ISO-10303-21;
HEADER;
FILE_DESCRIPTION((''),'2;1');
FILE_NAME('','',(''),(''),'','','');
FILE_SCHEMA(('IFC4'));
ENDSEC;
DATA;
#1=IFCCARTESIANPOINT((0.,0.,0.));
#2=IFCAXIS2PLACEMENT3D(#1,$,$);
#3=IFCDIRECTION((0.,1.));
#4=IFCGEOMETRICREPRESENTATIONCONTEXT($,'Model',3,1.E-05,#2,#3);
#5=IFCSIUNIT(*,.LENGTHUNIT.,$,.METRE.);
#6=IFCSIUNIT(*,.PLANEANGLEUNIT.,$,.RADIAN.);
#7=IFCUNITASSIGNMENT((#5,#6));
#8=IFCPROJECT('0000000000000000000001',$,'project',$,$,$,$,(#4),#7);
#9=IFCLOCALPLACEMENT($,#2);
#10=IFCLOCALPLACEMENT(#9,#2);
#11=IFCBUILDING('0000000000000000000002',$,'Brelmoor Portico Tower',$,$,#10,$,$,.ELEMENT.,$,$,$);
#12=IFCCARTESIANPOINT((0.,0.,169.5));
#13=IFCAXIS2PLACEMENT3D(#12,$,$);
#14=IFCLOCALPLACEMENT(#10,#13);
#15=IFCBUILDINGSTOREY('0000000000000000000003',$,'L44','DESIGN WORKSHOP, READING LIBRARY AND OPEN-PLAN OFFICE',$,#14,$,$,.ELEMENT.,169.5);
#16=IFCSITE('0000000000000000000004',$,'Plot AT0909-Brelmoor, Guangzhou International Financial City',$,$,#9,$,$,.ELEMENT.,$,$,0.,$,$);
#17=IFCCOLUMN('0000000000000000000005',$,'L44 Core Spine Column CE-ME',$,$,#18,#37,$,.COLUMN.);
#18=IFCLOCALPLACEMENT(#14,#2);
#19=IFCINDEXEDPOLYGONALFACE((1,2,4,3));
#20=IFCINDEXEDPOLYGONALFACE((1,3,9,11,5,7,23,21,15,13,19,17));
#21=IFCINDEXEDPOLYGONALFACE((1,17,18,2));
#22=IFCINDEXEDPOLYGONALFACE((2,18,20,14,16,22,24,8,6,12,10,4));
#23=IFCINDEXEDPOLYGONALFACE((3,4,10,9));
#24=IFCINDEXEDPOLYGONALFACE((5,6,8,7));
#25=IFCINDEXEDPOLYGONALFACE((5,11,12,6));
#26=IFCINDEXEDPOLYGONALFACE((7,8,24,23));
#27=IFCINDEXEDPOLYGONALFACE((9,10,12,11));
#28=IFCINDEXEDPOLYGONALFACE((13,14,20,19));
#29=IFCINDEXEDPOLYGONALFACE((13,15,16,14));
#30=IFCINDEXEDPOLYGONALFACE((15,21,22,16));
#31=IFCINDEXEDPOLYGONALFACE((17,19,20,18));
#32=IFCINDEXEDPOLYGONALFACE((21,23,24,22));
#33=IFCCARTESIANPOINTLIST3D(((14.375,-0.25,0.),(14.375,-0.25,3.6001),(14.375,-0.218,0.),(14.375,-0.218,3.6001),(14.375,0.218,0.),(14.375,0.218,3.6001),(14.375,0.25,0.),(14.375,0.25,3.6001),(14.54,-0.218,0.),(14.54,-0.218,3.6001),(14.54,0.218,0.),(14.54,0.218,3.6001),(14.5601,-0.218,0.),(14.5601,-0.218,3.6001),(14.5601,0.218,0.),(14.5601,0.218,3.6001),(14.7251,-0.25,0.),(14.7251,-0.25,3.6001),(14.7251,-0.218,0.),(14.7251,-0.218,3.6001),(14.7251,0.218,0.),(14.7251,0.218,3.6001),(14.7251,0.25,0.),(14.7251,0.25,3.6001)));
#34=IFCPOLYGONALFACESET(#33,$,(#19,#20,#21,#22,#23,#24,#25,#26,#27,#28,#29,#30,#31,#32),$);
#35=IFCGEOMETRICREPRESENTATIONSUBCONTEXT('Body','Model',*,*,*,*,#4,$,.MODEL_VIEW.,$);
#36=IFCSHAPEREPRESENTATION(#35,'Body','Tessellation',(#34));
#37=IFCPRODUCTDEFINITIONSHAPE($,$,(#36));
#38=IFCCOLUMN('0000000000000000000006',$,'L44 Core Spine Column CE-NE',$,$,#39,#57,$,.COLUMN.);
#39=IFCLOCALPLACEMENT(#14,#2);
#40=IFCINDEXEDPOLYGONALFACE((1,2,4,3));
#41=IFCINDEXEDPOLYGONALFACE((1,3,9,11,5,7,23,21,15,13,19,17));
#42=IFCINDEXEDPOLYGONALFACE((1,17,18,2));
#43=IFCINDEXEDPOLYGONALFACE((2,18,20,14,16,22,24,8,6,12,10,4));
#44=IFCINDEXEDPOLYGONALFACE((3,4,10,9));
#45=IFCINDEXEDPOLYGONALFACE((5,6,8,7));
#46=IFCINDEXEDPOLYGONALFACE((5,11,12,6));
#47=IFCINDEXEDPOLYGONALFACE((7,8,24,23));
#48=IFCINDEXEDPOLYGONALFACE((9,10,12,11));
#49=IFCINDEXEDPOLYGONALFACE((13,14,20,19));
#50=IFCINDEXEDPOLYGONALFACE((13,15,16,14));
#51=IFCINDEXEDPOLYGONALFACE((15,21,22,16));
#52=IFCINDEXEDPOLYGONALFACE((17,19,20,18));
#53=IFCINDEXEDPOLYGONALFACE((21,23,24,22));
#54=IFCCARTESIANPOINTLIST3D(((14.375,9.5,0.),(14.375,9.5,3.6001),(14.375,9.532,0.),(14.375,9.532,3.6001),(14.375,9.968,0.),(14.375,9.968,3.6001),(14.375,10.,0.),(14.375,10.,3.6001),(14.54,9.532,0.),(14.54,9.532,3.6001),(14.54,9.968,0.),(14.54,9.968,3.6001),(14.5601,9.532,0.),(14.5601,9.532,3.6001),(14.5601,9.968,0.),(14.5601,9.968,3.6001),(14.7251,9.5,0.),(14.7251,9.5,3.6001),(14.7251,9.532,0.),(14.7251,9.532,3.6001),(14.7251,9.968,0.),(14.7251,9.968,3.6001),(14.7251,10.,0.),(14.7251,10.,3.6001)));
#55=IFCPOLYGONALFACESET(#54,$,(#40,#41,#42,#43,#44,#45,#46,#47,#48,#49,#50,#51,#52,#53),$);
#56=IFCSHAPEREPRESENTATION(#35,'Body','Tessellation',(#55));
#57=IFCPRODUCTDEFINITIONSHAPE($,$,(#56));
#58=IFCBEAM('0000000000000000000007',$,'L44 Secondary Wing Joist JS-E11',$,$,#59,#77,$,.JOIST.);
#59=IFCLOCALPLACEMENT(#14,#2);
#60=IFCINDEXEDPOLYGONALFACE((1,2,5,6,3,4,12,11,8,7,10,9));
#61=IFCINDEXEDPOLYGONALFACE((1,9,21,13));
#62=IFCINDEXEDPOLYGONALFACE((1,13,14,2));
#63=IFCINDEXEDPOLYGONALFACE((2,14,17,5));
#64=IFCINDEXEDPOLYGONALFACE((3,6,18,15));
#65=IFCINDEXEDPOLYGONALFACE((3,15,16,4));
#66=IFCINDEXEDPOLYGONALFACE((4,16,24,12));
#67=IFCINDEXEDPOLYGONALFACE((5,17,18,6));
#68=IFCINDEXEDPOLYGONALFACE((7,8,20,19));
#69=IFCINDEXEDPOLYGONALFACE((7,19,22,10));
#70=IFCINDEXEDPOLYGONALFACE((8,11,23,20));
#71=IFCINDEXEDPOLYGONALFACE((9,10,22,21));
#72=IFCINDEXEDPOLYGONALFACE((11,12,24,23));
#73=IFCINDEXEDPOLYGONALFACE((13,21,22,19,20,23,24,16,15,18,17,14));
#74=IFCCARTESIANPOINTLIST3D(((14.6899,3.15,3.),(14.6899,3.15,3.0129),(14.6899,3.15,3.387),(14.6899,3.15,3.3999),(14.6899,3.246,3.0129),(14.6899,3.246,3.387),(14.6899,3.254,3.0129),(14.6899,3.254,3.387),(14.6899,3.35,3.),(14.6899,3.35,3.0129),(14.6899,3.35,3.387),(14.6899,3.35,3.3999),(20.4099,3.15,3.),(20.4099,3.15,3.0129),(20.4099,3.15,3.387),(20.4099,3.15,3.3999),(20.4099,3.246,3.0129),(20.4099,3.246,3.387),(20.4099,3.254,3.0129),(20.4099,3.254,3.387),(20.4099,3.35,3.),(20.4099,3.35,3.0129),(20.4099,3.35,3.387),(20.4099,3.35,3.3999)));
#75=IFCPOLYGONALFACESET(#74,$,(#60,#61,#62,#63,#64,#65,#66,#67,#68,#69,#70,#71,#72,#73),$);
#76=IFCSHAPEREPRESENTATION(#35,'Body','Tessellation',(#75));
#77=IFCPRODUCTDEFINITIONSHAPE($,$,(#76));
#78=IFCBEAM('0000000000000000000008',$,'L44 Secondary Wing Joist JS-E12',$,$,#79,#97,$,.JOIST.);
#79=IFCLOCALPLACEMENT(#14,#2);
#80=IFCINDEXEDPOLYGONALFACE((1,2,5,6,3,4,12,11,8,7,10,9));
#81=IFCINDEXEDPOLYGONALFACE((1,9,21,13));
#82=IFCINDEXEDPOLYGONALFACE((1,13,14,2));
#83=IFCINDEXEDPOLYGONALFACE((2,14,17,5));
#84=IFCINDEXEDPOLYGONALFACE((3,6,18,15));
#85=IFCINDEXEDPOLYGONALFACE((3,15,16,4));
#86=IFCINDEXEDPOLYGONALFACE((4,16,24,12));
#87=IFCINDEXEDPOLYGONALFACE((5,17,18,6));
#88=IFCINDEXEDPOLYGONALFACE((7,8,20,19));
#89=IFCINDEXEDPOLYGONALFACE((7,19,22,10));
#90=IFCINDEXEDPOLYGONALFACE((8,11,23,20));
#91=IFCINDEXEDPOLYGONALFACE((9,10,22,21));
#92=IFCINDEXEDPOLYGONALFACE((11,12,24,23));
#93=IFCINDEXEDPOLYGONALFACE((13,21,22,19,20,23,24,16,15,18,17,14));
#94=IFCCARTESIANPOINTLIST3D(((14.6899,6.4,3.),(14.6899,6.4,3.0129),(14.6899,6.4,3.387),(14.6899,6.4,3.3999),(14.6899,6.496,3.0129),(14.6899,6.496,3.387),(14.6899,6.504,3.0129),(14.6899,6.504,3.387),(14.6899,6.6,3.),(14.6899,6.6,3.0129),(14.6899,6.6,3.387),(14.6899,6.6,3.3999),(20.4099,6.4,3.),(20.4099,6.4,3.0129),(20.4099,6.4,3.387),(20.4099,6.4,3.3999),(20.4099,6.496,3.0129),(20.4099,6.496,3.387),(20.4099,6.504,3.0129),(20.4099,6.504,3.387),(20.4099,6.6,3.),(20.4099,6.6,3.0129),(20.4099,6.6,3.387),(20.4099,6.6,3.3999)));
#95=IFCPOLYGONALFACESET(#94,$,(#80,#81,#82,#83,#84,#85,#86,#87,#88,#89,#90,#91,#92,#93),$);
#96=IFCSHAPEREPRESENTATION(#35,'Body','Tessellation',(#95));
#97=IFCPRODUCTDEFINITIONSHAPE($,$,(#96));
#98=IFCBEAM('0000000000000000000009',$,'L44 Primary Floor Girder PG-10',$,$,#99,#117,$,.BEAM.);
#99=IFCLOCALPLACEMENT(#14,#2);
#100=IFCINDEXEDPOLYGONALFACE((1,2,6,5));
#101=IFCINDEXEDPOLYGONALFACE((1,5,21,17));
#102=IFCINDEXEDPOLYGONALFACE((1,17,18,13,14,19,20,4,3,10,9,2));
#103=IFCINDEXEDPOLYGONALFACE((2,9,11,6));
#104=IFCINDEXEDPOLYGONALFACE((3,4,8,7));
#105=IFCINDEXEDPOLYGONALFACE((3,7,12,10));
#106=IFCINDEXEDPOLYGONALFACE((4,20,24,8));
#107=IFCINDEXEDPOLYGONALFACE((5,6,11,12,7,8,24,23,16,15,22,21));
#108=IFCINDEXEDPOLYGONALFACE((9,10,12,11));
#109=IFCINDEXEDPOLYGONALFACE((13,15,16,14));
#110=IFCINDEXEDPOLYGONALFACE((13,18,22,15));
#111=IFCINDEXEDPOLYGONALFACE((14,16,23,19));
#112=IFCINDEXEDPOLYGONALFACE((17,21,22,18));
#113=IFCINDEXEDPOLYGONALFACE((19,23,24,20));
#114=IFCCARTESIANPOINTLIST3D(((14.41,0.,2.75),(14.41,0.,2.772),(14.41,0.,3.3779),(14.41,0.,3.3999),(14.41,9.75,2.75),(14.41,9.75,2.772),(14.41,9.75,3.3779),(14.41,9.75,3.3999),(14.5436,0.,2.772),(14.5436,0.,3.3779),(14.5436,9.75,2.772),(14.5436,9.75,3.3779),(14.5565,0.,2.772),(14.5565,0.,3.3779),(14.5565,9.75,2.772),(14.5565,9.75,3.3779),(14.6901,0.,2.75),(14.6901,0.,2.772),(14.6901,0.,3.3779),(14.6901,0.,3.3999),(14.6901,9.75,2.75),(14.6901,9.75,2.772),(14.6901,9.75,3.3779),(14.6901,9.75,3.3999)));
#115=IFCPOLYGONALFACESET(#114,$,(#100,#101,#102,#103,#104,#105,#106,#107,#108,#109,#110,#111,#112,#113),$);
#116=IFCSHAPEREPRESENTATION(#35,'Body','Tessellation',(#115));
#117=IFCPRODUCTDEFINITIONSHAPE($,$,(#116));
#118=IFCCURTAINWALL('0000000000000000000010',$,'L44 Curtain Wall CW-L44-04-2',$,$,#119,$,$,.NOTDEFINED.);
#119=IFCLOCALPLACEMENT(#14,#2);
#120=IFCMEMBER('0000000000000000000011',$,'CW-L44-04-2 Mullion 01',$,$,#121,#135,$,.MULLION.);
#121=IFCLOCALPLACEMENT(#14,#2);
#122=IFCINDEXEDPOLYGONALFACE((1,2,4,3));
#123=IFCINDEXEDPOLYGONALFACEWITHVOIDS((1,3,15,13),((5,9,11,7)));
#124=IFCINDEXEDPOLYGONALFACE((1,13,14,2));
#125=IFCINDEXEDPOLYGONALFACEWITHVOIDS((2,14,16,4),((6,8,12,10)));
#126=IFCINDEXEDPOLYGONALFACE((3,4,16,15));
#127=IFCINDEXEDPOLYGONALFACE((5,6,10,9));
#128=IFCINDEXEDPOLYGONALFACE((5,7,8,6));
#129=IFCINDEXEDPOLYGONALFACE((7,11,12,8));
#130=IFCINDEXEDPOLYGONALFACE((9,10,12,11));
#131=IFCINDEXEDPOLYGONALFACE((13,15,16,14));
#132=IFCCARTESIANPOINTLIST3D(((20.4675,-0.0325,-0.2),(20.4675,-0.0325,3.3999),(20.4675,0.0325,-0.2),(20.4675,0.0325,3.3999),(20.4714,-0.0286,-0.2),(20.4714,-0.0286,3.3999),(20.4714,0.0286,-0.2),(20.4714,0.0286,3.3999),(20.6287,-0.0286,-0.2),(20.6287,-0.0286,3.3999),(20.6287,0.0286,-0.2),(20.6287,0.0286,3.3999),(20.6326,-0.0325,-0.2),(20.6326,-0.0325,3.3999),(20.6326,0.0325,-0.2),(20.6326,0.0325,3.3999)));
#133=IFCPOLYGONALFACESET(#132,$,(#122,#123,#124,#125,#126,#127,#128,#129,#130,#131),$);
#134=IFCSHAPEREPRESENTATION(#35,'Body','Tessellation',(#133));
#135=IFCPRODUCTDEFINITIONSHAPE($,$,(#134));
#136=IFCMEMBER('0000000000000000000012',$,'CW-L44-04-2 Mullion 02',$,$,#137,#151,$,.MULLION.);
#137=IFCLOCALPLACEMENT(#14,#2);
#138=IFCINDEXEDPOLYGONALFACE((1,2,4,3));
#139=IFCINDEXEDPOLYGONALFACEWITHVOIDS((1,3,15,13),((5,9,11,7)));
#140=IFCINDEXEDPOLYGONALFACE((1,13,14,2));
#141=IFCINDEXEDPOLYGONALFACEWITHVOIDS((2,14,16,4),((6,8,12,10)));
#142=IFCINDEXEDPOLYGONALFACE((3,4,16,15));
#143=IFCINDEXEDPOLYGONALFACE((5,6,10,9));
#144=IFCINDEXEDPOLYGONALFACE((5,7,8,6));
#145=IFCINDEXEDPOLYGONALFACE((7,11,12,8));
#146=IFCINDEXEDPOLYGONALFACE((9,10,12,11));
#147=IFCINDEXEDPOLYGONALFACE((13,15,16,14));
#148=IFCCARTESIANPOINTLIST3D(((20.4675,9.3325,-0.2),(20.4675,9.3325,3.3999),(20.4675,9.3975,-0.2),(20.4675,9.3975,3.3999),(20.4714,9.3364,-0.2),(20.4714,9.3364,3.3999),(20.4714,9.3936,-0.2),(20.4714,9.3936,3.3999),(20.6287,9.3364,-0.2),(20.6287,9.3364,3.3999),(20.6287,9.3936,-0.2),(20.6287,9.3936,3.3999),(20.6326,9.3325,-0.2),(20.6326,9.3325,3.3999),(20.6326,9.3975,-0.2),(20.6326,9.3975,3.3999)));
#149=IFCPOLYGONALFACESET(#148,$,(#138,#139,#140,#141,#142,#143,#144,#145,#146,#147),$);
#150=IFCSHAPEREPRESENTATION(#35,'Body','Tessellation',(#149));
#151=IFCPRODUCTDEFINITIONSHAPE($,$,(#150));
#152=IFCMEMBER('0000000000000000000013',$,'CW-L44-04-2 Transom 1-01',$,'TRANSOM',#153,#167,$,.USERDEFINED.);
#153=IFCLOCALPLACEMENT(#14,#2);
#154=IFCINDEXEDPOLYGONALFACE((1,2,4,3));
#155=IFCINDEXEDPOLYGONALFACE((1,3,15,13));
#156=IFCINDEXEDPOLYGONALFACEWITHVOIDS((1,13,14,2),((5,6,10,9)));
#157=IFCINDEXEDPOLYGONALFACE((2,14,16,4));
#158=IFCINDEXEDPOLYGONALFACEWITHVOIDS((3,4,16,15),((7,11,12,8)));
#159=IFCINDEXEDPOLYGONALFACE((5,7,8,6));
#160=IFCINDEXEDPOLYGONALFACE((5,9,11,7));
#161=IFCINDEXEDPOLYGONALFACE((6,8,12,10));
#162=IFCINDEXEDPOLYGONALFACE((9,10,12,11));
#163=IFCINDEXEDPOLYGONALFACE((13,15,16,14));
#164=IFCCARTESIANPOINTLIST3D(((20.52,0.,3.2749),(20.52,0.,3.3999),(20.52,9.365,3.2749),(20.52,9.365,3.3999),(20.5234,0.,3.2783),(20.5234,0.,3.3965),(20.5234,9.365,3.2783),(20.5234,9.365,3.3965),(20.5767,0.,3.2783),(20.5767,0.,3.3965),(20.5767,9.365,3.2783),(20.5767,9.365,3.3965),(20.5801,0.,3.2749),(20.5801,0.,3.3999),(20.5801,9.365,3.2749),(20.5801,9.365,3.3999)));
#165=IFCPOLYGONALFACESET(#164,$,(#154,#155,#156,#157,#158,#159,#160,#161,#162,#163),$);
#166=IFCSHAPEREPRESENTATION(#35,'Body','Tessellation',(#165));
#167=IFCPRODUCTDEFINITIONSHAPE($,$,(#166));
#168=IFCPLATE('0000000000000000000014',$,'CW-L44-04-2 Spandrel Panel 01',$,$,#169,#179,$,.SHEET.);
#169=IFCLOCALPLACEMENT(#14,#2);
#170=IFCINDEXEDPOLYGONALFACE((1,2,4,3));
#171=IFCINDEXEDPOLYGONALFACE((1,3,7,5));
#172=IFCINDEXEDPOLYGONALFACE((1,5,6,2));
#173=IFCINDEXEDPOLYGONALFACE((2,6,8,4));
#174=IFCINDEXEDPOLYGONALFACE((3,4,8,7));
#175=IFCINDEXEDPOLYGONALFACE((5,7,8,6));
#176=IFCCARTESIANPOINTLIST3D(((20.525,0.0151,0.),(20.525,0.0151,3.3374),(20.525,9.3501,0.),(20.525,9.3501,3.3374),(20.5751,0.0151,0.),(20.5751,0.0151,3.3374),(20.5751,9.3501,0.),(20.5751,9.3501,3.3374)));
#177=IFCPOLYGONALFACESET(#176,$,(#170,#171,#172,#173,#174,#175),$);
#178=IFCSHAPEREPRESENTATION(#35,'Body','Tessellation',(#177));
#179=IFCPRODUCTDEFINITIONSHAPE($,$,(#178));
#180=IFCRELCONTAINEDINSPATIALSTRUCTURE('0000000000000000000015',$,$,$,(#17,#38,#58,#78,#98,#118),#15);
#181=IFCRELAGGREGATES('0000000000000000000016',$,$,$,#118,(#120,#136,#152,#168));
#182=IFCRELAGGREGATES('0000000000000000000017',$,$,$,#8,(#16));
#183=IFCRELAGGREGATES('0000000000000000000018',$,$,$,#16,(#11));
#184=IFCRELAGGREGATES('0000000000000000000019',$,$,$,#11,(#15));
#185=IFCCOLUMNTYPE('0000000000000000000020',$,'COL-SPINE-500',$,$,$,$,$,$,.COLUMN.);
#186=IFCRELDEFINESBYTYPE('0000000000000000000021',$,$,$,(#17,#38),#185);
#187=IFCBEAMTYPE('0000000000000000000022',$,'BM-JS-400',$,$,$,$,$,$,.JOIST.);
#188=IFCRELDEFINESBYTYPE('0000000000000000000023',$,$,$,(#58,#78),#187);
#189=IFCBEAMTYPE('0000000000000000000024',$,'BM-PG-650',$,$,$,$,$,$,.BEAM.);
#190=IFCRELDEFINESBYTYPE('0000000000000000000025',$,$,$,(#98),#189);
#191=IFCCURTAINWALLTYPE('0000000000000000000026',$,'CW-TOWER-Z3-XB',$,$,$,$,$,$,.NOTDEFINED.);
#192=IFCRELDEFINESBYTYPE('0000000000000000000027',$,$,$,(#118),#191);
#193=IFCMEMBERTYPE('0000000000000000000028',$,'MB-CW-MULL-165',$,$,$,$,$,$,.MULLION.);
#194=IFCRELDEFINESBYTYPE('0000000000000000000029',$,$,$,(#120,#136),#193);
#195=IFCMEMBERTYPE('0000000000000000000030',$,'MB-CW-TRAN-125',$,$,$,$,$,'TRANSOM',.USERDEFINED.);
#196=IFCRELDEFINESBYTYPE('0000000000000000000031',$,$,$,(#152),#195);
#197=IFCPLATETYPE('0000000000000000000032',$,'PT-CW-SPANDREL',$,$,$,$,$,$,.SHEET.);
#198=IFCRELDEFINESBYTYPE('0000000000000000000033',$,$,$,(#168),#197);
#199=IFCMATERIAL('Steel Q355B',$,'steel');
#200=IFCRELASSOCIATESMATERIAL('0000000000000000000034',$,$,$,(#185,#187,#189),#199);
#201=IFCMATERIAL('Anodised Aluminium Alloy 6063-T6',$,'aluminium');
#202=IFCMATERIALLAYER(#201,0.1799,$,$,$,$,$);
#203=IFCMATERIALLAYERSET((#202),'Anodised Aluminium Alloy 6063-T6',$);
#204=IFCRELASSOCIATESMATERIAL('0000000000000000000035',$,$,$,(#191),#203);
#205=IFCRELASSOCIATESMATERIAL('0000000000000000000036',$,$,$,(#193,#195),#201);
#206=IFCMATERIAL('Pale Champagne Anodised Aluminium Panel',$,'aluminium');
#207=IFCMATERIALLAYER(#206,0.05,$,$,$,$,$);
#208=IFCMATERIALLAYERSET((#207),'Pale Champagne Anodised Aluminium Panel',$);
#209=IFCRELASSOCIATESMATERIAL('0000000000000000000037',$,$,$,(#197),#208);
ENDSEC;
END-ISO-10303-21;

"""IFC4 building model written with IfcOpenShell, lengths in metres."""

from ifc_helpers import new_model, si_unit, direction, frame, origin, origin_2d, place, context, subcontext, project, spatial, rectangle, hollow_rectangle, i_section, extrude, material, layer, layer_set, material_profile, profile_set, type_object, element, aggregate, save


model = new_model("IFC4")

# Units and contexts
model_context = context("Model", 3, precision=1e-05, world=origin(), true_north=direction((0.0, 1.0)))
body_context = subcontext(model_context, "Body", "Model", "MODEL_VIEW")
ifc_project = project(units=[si_unit("LENGTHUNIT", "METRE"), si_unit("PLANEANGLEUNIT", "RADIAN")], contexts=[model_context])

# Site, building, storey
site_placement = place(None, origin())
site = spatial("IfcSite", under=ifc_project, at=site_placement, Name="Plot AT0909-Brelmoor, Guangzhou International Financial City", CompositionType="ELEMENT", RefElevation=0.0)
building_placement = place(site_placement, origin())
building = spatial("IfcBuilding", under=site, at=building_placement, Name="Brelmoor Portico Tower", CompositionType="ELEMENT")
storey_placement = place(building_placement, frame((0.0, 0.0, 169.5)))
storey = spatial("IfcBuildingStorey", under=building, at=storey_placement, Name="L44", Description="DESIGN WORKSHOP, READING LIBRARY AND OPEN-PLAN OFFICE", CompositionType="ELEMENT", Elevation=169.5)

# Columns
ifc_material_1 = material(Name="Steel Q355B", Category="steel")
ifc_material_profile_1 = material_profile(ifc_material_1, i_section(OverallWidth=0.3501, OverallDepth=0.5, WebThickness=0.02, FlangeThickness=0.032, at=origin_2d()), Name="HW 500x350x20x32")
ifc_profile_set_1 = profile_set([ifc_material_profile_1], Name="Steel Q355B")
column_type = type_object("IfcColumnType", Name="COL-SPINE-500", PredefinedType="COLUMN", material=ifc_profile_set_1)
for number, where, z_axis, x_axis, name in (
    (1, (14.55, 0.0, 0.0), (0.0, 0.0, 1.0), (1.0, 0.0, 0.0), "L44 Core Spine Column CE-ME"),
    (2, (14.55, 9.75, 0.0), (0.0, 0.0, 1.0), (1.0, 0.0, 0.0), "L44 Core Spine Column CE-NE"),
):
    element("IfcColumn", number, at=place(storey_placement, frame(where, z_axis=z_axis, x_axis=x_axis)), inside=storey, type_object=column_type, Name=name, PredefinedType="COLUMN", context=body_context, shape_type="SweptSolid", body=[
        extrude(i_section(OverallWidth=0.3501, OverallDepth=0.5, WebThickness=0.02, FlangeThickness=0.032, at=origin_2d()), origin(), (0.0, 0.0, 1.0), 3.6001),
    ])

# Beams
ifc_material_profile_2 = material_profile(ifc_material_1, i_section(OverallWidth=0.2, OverallDepth=0.3999, WebThickness=0.0081, FlangeThickness=0.0129, at=origin_2d()), Name="HN 400x200x8x13")
ifc_profile_set_2 = profile_set([ifc_material_profile_2], Name="Steel Q355B")
beam_type_1 = type_object("IfcBeamType", Name="BM-JS-400", PredefinedType="JOIST", material=ifc_profile_set_2)
for number, where, z_axis, x_axis, name in (
    (3, (14.6899, 3.25, 3.2), (1.0, 0.0, 0.0), (0.0, 1.0, 0.0), "L44 Secondary Wing Joist JS-E11"),
    (4, (14.6899, 6.5, 3.2), (1.0, 0.0, 0.0), (0.0, 1.0, 0.0), "L44 Secondary Wing Joist JS-E12"),
):
    element("IfcBeam", number, at=place(storey_placement, frame(where, z_axis=z_axis, x_axis=x_axis)), inside=storey, type_object=beam_type_1, Name=name, PredefinedType="JOIST", context=body_context, shape_type="SweptSolid", body=[
        extrude(i_section(OverallWidth=0.2, OverallDepth=0.3999, WebThickness=0.0081, FlangeThickness=0.0129, at=origin_2d()), origin(), (0.0, 0.0, 1.0), 5.72),
    ])
ifc_material_profile_3 = material_profile(ifc_material_1, i_section(OverallWidth=0.28, OverallDepth=0.6499, WebThickness=0.0129, FlangeThickness=0.022, at=origin_2d()), Name="HN 650x280x13x22")
ifc_profile_set_3 = profile_set([ifc_material_profile_3], Name="Steel Q355B")
beam_type_2 = type_object("IfcBeamType", Name="BM-PG-650", PredefinedType="BEAM", material=ifc_profile_set_3)
beam_placement = place(storey_placement, frame((14.55, 0.0, 3.075), z_axis=(0.0, 1.0, 0.0), x_axis=(-1.0, 0.0, 0.0)))
element("IfcBeam", 5, at=beam_placement, inside=storey, type_object=beam_type_2, Name="L44 Primary Floor Girder PG-10", PredefinedType="BEAM", context=body_context, shape_type="SweptSolid", body=[
    extrude(i_section(OverallWidth=0.28, OverallDepth=0.6499, WebThickness=0.0129, FlangeThickness=0.022, at=origin_2d()), origin(), (0.0, 0.0, 1.0), 9.75),
])

# Curtain wall, members, plate
ifc_material_2 = material(Name="Anodised Aluminium Alloy 6063-T6", Category="aluminium")
ifc_layer_1 = layer(ifc_material_2, 0.1799)
ifc_layer_set_1 = layer_set([ifc_layer_1], Name="Anodised Aluminium Alloy 6063-T6")
curtain_wall_type = type_object("IfcCurtainWallType", Name="CW-TOWER-Z3-XB", PredefinedType="NOTDEFINED", material=ifc_layer_set_1)
curtain_wall_placement = place(storey_placement, origin())
curtain_wall = element("IfcCurtainWall", 6, at=curtain_wall_placement, inside=storey, type_object=curtain_wall_type, Name="L44 Curtain Wall CW-L44-04-2", PredefinedType="NOTDEFINED")
ifc_material_profile_4 = material_profile(ifc_material_2, hollow_rectangle(XDim=0.0649, YDim=0.165, WallThickness=0.0039, at=origin_2d()), Name="ALU MULLION 65x165")
ifc_profile_set_4 = profile_set([ifc_material_profile_4], Name="Anodised Aluminium Alloy 6063-T6")
member_type_1 = type_object("IfcMemberType", Name="MB-CW-MULL-165", PredefinedType="MULLION", material=ifc_profile_set_4)
member_1_placement = place(storey_placement, frame((20.55, 0.0, -0.2), z_axis=(0.0, 0.0, 1.0), x_axis=(0.0, 1.0, 0.0)))
member_1 = element("IfcMember", 7, at=member_1_placement, type_object=member_type_1, Name="CW-L44-04-2 Mullion 01", PredefinedType="MULLION", context=body_context, shape_type="SweptSolid", body=[
    extrude(hollow_rectangle(XDim=0.0649, YDim=0.165, WallThickness=0.0039, at=origin_2d()), origin(), (0.0, 0.0, 1.0), 3.5999),
])
member_2_placement = place(storey_placement, frame((20.55, 9.365, -0.2), z_axis=(0.0, 0.0, 1.0), x_axis=(0.0, 1.0, 0.0)))
member_2 = element("IfcMember", 8, at=member_2_placement, type_object=member_type_1, Name="CW-L44-04-2 Mullion 02", PredefinedType="MULLION", context=body_context, shape_type="SweptSolid", body=[
    extrude(hollow_rectangle(XDim=0.0649, YDim=0.165, WallThickness=0.0039, at=origin_2d()), origin(), (0.0, 0.0, 1.0), 3.5999),
])
ifc_material_profile_5 = material_profile(ifc_material_2, hollow_rectangle(XDim=0.0601, YDim=0.125, WallThickness=0.0034, at=origin_2d()), Name="ALU TRANSOM 60x125")
ifc_profile_set_5 = profile_set([ifc_material_profile_5], Name="Anodised Aluminium Alloy 6063-T6")
member_type_2 = type_object("IfcMemberType", Name="MB-CW-TRAN-125", ElementType="TRANSOM", PredefinedType="USERDEFINED", material=ifc_profile_set_5)
member_3_placement = place(storey_placement, frame((20.55, 0.0, 3.3374), z_axis=(0.0, 1.0, 0.0), x_axis=(-1.0, 0.0, 0.0)))
member_3 = element("IfcMember", 9, at=member_3_placement, type_object=member_type_2, Name="CW-L44-04-2 Transom 1-01", ObjectType="TRANSOM", PredefinedType="USERDEFINED", context=body_context, shape_type="SweptSolid", body=[
    extrude(hollow_rectangle(XDim=0.0601, YDim=0.125, WallThickness=0.0034, at=origin_2d()), origin(), (0.0, 0.0, 1.0), 9.365),
])
ifc_material_3 = material(Name="Pale Champagne Anodised Aluminium Panel", Category="aluminium")
ifc_layer_2 = layer(ifc_material_3, 0.05)
ifc_layer_set_2 = layer_set([ifc_layer_2], Name="Pale Champagne Anodised Aluminium Panel")
plate_type_1 = type_object("IfcPlateType", Name="PT-CW-SPANDREL", PredefinedType="SHEET", material=ifc_layer_set_2)
plate_1_placement = place(storey_placement, frame((20.55, 4.6826, 0.0), z_axis=(0.0, 0.0, 1.0), x_axis=(0.0, 1.0, 0.0)))
plate_1 = element("IfcPlate", 10, at=plate_1_placement, type_object=plate_type_1, Name="CW-L44-04-2 Spandrel Panel 01", PredefinedType="SHEET", context=body_context, shape_type="SweptSolid", body=[
    extrude(rectangle(XDim=9.335, YDim=0.05, at=origin_2d()), origin(), (0.0, 0.0, 1.0), 3.3374),
])
aggregate(curtain_wall, [member_1, member_2, member_3, plate_1])

save(model, "model.ifc")
